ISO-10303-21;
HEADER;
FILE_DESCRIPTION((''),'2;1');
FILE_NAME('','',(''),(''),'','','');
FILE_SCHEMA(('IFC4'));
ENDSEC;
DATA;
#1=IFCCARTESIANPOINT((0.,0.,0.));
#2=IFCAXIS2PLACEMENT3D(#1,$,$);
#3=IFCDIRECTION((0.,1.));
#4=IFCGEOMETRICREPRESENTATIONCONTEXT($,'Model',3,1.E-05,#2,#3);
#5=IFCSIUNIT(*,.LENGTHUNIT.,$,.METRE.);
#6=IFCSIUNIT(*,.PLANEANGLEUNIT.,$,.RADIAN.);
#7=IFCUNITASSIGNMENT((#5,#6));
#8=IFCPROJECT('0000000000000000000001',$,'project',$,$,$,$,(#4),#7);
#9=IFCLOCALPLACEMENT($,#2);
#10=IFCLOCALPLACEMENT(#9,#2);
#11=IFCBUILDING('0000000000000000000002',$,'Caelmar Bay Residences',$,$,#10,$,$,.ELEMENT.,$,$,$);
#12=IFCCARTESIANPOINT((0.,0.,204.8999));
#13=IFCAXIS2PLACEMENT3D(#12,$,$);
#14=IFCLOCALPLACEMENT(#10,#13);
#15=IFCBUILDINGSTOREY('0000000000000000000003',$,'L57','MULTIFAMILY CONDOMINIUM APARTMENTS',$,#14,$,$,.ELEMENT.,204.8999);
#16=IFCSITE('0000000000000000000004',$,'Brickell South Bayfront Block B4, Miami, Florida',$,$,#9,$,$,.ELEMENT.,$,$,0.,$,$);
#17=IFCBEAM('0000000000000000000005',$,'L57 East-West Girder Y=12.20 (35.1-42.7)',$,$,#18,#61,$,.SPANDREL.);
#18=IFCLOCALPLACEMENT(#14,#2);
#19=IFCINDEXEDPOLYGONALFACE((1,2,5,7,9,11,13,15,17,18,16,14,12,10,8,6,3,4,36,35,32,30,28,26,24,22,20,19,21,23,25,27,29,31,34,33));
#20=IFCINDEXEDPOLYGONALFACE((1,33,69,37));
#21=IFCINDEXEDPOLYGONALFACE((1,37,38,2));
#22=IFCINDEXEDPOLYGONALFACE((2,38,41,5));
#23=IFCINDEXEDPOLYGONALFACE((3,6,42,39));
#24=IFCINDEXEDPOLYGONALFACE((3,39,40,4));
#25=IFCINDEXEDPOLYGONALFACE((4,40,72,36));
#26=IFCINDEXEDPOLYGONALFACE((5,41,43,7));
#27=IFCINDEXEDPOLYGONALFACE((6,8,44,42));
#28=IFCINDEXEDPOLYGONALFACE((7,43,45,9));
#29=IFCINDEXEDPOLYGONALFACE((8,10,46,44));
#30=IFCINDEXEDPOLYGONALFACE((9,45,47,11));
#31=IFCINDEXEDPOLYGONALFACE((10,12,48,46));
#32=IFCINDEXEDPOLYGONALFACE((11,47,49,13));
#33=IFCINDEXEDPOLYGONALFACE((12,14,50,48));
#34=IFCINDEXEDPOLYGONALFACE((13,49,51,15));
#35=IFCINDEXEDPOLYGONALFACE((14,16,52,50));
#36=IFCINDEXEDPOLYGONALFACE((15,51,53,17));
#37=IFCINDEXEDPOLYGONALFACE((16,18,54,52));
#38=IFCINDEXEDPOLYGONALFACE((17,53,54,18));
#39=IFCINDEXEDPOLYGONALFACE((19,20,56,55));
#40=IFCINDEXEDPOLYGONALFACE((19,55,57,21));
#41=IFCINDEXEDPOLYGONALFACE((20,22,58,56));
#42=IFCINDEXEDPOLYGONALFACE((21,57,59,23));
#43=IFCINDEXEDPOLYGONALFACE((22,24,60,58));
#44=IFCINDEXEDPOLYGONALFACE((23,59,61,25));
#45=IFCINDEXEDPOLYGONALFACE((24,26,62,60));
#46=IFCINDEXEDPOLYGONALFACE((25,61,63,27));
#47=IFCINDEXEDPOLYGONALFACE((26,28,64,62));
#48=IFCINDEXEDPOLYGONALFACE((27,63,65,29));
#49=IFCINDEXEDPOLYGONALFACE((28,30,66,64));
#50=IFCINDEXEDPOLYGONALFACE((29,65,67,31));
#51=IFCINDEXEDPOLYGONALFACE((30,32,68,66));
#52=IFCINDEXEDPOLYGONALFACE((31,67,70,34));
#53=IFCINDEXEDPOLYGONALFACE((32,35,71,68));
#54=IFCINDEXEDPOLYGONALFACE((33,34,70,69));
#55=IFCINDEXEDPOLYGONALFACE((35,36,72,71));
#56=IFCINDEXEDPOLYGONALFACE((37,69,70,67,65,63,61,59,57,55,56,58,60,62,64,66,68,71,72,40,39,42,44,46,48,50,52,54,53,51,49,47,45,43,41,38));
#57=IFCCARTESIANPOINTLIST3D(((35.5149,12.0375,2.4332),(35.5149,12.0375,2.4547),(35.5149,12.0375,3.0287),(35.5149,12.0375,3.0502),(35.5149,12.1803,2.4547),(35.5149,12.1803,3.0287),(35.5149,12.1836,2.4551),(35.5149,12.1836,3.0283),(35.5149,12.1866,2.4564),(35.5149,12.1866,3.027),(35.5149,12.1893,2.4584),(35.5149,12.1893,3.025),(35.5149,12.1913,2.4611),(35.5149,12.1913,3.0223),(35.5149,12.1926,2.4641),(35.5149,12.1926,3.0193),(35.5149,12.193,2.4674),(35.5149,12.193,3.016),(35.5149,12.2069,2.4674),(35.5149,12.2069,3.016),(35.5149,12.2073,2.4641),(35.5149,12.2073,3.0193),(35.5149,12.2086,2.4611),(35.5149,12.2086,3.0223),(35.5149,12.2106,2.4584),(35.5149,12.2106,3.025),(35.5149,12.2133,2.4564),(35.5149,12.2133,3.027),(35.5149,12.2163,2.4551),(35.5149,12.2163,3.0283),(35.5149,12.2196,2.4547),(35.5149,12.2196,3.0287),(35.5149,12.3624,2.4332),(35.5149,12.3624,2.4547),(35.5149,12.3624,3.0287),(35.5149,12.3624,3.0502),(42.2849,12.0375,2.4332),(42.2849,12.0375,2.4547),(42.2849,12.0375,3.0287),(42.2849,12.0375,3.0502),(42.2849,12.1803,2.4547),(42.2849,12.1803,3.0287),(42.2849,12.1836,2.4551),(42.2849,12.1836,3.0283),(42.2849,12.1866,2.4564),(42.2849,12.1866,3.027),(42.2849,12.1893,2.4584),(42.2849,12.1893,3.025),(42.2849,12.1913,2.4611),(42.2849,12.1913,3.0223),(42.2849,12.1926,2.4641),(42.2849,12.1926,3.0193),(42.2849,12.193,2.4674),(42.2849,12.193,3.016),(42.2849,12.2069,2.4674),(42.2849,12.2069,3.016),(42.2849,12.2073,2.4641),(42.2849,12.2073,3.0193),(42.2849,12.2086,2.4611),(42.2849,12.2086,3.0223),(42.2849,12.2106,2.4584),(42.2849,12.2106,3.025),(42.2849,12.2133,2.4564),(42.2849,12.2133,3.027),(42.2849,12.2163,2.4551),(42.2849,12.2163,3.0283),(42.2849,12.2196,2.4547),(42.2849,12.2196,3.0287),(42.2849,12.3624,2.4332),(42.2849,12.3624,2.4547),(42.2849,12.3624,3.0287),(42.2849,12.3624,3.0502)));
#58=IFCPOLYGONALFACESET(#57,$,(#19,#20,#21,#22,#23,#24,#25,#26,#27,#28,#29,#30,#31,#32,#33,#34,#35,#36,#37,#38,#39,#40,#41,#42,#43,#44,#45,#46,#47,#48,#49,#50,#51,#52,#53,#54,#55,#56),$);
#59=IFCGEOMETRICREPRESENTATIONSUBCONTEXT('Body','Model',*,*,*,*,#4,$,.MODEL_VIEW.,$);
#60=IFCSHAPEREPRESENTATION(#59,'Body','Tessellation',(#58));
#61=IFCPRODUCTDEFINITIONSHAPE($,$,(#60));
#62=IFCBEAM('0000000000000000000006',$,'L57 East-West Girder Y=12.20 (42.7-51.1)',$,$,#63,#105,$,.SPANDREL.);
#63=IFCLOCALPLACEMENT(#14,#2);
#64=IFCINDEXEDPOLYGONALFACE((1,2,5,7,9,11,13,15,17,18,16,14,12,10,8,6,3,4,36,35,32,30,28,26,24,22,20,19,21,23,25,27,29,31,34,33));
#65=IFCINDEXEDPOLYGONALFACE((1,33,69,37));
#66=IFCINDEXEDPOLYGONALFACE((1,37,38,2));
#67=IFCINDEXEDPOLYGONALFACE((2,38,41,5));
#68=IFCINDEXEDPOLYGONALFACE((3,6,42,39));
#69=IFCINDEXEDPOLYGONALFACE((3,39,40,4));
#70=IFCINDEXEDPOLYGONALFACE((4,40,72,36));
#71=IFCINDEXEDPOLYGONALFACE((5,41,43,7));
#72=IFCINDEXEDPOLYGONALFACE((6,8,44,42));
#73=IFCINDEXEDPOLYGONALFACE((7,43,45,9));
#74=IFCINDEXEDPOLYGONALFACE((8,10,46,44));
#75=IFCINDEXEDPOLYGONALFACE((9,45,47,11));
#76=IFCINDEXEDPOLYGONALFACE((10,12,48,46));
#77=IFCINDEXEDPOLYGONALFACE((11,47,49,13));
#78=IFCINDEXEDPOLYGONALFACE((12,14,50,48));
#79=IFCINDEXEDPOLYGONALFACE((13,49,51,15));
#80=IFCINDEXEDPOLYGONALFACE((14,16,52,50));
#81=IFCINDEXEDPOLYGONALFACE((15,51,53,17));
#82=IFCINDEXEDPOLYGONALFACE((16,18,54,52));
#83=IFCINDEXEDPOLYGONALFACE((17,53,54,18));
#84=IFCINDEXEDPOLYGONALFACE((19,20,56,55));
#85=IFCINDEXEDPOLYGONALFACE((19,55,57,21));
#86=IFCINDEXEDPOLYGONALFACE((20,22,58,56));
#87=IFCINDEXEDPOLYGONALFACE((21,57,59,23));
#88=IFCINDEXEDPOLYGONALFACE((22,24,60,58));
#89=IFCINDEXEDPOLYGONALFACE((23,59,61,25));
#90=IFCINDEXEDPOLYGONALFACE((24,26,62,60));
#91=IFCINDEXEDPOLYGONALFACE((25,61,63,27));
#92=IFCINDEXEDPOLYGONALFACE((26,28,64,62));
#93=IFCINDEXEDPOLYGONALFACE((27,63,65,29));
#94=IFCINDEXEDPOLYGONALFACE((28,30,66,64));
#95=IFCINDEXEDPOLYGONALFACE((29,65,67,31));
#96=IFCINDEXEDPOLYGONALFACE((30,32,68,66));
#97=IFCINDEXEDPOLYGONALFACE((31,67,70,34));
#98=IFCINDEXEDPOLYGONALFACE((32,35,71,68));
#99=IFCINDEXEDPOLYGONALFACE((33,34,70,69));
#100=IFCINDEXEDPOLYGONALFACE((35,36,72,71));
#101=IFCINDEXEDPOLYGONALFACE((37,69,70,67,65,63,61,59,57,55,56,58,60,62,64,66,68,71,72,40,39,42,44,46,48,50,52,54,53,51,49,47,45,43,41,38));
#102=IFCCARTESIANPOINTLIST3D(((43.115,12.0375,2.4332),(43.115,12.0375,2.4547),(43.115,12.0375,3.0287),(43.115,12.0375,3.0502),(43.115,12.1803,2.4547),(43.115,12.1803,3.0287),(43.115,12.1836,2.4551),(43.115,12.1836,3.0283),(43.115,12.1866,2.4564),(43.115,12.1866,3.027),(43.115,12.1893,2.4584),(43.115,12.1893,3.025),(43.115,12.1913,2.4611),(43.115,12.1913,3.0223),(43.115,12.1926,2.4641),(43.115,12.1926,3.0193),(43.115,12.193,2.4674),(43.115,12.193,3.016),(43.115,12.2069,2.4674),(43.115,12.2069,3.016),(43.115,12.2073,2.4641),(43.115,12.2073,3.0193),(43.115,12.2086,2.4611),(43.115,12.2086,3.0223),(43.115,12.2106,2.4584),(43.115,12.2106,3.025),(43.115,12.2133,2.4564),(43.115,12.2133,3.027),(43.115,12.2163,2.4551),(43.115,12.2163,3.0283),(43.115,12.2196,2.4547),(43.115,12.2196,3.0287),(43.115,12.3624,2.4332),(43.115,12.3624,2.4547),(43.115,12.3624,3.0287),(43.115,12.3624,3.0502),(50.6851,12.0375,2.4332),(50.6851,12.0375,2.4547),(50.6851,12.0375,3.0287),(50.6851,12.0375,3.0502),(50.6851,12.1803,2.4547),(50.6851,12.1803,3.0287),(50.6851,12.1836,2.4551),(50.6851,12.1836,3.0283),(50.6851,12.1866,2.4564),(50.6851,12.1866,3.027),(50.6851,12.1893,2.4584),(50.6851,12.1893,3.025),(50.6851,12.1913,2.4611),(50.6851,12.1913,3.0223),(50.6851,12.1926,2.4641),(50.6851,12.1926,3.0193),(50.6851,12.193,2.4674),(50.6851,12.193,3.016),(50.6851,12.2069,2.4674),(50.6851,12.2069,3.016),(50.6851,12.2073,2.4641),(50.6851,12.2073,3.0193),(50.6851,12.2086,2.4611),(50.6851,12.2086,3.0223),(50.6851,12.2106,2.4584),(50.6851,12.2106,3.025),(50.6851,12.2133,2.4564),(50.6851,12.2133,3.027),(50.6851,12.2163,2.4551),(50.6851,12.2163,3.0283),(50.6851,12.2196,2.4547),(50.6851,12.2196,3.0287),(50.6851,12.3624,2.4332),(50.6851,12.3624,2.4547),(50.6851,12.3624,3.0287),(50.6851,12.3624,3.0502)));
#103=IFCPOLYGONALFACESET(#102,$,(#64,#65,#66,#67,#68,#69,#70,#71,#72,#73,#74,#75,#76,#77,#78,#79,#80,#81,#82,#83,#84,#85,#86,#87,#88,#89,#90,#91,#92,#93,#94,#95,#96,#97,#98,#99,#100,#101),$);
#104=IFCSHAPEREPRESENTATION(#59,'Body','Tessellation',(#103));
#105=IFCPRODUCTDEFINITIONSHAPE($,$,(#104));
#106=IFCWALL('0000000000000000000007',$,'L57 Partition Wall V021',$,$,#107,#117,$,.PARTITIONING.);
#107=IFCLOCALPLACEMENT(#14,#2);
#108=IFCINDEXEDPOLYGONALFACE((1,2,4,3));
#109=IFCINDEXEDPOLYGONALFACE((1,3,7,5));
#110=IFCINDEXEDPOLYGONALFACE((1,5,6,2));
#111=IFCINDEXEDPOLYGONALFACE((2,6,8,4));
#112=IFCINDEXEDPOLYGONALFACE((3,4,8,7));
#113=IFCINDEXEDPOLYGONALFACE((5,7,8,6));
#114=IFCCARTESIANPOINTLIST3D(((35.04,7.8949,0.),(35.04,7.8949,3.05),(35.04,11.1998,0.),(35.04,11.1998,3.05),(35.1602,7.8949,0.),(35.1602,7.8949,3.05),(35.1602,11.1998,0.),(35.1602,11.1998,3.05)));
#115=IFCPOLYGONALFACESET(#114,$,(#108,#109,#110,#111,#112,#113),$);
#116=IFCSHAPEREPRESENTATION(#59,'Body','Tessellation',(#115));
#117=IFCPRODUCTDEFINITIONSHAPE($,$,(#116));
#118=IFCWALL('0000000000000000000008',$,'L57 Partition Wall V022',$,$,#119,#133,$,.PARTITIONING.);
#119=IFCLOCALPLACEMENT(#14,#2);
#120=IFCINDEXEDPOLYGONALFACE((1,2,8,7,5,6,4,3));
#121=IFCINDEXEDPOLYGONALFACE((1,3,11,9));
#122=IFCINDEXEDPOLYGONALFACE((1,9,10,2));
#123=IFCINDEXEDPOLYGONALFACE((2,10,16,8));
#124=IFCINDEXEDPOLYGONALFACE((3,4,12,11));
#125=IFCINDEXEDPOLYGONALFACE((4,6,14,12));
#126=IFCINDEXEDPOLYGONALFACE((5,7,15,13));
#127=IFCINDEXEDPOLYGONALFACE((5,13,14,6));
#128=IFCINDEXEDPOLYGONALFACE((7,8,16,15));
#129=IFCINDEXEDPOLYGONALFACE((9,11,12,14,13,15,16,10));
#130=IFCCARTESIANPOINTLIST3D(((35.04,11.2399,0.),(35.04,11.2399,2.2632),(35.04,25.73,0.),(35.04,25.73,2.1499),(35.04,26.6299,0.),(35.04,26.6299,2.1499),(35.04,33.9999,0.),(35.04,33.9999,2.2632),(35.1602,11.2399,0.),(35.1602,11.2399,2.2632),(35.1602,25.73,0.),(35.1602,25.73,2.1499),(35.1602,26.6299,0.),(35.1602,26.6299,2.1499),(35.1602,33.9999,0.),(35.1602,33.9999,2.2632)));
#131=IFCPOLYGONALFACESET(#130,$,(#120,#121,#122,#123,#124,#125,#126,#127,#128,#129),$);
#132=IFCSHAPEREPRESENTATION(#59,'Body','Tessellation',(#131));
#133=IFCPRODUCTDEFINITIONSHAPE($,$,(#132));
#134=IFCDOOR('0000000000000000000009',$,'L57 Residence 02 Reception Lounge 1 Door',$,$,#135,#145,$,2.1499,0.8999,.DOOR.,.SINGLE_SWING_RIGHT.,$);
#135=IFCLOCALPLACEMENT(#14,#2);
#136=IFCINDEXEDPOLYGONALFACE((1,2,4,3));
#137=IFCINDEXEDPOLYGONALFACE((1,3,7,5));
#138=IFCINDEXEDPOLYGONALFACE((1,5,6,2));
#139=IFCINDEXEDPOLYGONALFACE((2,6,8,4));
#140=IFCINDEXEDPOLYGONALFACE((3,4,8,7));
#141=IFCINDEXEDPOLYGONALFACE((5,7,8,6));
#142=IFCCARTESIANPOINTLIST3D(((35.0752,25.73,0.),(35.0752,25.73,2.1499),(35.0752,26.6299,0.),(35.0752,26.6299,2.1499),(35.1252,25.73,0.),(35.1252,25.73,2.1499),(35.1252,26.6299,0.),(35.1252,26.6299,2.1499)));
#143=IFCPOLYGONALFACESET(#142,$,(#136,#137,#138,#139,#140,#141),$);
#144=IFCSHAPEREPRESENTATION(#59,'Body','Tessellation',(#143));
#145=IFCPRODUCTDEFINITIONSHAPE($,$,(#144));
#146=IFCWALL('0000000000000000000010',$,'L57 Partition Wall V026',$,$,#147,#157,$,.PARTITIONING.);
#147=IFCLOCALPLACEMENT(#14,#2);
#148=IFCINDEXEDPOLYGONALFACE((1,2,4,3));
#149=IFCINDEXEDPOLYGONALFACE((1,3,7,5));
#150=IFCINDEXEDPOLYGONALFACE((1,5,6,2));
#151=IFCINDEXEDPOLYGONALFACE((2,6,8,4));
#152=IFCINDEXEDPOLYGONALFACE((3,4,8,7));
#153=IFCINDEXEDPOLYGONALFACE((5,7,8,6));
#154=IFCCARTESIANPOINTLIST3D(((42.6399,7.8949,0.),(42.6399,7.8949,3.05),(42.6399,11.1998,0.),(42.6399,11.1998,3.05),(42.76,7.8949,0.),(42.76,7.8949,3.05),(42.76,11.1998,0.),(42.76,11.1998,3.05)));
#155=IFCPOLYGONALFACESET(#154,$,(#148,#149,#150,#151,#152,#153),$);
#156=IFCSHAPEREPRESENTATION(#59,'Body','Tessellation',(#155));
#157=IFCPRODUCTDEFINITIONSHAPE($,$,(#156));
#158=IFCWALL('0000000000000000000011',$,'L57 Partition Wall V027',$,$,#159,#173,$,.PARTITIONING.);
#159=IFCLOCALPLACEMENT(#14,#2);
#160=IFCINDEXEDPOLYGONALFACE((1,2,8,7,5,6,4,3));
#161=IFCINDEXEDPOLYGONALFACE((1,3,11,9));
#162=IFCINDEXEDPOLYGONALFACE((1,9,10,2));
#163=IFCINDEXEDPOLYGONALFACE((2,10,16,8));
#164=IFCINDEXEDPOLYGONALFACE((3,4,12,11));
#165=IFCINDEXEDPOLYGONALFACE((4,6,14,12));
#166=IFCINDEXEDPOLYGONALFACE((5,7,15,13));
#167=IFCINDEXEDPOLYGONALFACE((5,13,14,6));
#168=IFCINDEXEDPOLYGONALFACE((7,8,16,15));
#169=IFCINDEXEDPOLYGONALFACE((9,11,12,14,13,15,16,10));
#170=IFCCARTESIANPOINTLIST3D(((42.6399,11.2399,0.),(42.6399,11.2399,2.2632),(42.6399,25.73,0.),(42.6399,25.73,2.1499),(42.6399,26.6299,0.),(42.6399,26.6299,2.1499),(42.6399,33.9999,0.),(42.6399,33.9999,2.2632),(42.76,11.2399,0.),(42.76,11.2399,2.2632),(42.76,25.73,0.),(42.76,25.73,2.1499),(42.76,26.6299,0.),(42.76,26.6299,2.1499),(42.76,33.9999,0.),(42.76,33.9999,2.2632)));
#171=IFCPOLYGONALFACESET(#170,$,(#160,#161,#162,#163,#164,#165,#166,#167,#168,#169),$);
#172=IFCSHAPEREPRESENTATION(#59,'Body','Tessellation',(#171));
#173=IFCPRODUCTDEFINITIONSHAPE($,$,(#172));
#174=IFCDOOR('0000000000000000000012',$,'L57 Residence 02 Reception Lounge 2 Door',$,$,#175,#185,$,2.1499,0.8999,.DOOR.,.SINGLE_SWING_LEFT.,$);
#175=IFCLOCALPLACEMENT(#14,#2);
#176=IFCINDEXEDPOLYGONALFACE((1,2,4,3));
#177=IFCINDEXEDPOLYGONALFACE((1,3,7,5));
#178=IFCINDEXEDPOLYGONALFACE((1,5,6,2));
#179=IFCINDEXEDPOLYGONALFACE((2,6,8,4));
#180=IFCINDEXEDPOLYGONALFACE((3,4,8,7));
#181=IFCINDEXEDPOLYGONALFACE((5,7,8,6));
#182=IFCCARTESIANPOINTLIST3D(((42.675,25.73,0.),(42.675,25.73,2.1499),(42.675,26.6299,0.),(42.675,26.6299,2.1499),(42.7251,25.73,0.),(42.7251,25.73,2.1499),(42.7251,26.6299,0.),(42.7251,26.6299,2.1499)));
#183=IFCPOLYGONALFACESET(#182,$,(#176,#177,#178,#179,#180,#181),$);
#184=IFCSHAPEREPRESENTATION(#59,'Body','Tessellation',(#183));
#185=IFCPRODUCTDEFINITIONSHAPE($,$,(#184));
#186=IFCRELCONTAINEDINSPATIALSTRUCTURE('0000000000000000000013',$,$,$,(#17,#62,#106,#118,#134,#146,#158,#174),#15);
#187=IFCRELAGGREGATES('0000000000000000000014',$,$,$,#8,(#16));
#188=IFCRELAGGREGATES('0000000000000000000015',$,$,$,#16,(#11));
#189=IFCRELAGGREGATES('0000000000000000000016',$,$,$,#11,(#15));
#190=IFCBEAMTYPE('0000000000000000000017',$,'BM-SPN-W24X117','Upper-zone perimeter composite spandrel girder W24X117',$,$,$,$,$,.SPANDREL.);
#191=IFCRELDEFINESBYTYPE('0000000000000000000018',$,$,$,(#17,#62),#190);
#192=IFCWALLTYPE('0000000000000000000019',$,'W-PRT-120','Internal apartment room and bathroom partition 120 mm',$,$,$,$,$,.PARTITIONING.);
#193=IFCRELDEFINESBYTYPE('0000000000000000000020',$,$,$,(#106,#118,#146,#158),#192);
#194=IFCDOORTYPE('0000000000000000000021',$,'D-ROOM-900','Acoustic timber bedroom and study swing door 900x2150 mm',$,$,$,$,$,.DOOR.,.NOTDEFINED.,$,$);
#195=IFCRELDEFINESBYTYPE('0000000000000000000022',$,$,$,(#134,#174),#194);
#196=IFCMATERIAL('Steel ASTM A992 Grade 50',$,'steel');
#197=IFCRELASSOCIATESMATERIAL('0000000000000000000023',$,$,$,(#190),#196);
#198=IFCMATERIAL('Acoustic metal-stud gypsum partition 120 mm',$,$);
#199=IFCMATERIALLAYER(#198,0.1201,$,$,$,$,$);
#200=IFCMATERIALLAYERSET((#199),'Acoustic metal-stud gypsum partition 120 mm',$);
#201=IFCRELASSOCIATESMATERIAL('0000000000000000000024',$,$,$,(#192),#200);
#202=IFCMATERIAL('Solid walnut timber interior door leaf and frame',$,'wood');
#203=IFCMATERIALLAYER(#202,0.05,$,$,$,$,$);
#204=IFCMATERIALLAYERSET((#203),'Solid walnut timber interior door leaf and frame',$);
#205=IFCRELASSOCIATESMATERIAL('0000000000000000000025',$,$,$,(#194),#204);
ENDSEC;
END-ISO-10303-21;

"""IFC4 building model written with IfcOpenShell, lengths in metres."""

from ifc_helpers import new_model, si_unit, direction, frame, frame_2d, origin, origin_2d, place, context, subcontext, project, spatial, rectangle, i_section, extrude, material, layer, layer_set, material_profile, profile_set, type_object, element, fill, save


model = new_model("IFC4")

# Units and contexts
model_context = context("Model", 3, precision=1e-05, world=origin(), true_north=direction((0.0, 1.0)))
body_context = subcontext(model_context, "Body", "Model", "MODEL_VIEW")
ifc_project = project(units=[si_unit("LENGTHUNIT", "METRE"), si_unit("PLANEANGLEUNIT", "RADIAN")], contexts=[model_context])

# Site, building, storey
site_placement = place(None, origin())
site = spatial("IfcSite", under=ifc_project, at=site_placement, Name="Brickell South Bayfront Block B4, Miami, Florida", CompositionType="ELEMENT", RefElevation=0.0)
building_placement = place(site_placement, origin())
building = spatial("IfcBuilding", under=site, at=building_placement, Name="Caelmar Bay Residences", CompositionType="ELEMENT")
storey_placement = place(building_placement, frame((0.0, 0.0, 204.8999)))
storey = spatial("IfcBuildingStorey", under=building, at=storey_placement, Name="L57", Description="MULTIFAMILY CONDOMINIUM APARTMENTS", CompositionType="ELEMENT", Elevation=204.8999)

# Beams
ifc_material_1 = material(Name="Steel ASTM A992 Grade 50", Category="steel")
ifc_material_profile_1 = material_profile(ifc_material_1, i_section(OverallWidth=0.325, OverallDepth=0.6169, WebThickness=0.0139, FlangeThickness=0.0215, FilletRadius=0.0127, at=origin_2d()), Name="W24X117")
ifc_profile_set_1 = profile_set([ifc_material_profile_1], Name="Steel ASTM A992 Grade 50")
beam_type_1 = type_object("IfcBeamType", Name="BM-SPN-W24X117", Description="Upper-zone perimeter composite spandrel girder W24X117", PredefinedType="SPANDREL", material=ifc_profile_set_1)
beam_1_placement = place(storey_placement, frame((35.5149, 12.2, 2.7417), z_axis=(1.0, 0.0, 0.0), x_axis=(0.0, 1.0, 0.0)))
element("IfcBeam", 1, at=beam_1_placement, inside=storey, type_object=beam_type_1, Name="L57 East-West Girder Y=12.20 (35.1-42.7)", PredefinedType="SPANDREL", context=body_context, shape_type="SweptSolid", body=[
    extrude(i_section(OverallWidth=0.325, OverallDepth=0.6169, WebThickness=0.0139, FlangeThickness=0.0215, FilletRadius=0.0127, at=origin_2d()), origin(), (0.0, 0.0, 1.0), 6.77),
])
beam_2_placement = place(storey_placement, frame((43.115, 12.2, 2.7417), z_axis=(1.0, 0.0, 0.0), x_axis=(0.0, 1.0, 0.0)))
element("IfcBeam", 2, at=beam_2_placement, inside=storey, type_object=beam_type_1, Name="L57 East-West Girder Y=12.20 (42.7-51.1)", PredefinedType="SPANDREL", context=body_context, shape_type="SweptSolid", body=[
    extrude(i_section(OverallWidth=0.325, OverallDepth=0.6169, WebThickness=0.0139, FlangeThickness=0.0215, FilletRadius=0.0127, at=origin_2d()), origin(), (0.0, 0.0, 1.0), 7.5701),
])

# Wall
ifc_material_2 = material(Name="Acoustic metal-stud gypsum partition 120 mm")
ifc_layer_1 = layer(ifc_material_2, 0.1201)
ifc_layer_set_1 = layer_set([ifc_layer_1], Name="Acoustic metal-stud gypsum partition 120 mm")
wall_type = type_object("IfcWallType", Name="W-PRT-120", Description="Internal apartment room and bathroom partition 120 mm", PredefinedType="PARTITIONING", material=ifc_layer_set_1)
wall_1_placement = place(storey_placement, frame((35.1001, 7.895, 0.0), z_axis=(0.0, 0.0, 1.0), x_axis=(0.0, 1.0, 0.0)))
element("IfcWall", 3, at=wall_1_placement, inside=storey, type_object=wall_type, Name="L57 Partition Wall V021", PredefinedType="PARTITIONING", context=body_context, shape_type="SweptSolid", body=[
    extrude(rectangle(XDim=3.3049, YDim=0.1201, at=frame_2d((1.6523, 0.0))), origin(), (0.0, 0.0, 1.0), 3.05),
])

# Wall, opening, door
wall_2_placement = place(storey_placement, frame((35.1001, 11.24, 0.0), z_axis=(0.0, 0.0, 1.0), x_axis=(0.0, 1.0, 0.0)))
wall_2 = element("IfcWall", 4, at=wall_2_placement, inside=storey, type_object=wall_type, Name="L57 Partition Wall V022", PredefinedType="PARTITIONING", context=body_context, shape_type="SweptSolid", body=[
    extrude(rectangle(XDim=22.76, YDim=0.1201, at=frame_2d((11.3799, 0.0))), origin(), (0.0, 0.0, 1.0), 2.2632),
])
opening_1_placement = place(wall_2_placement, frame((14.49, 0.0, 0.0)))
opening_1 = element("IfcOpeningElement", 5, at=opening_1_placement, cuts=wall_2, PredefinedType="OPENING", context=body_context, shape_type="SweptSolid", body=[
    extrude(rectangle(XDim=0.8999, YDim=2.1499, at=frame_2d((0.45, 1.075))), frame((0.0, 0.0701, 0.0), z_axis=(0.0, -1.0, 0.0), x_axis=(1.0, 0.0, 0.0)), (0.0, 0.0, 1.0), 0.1401),
])
ifc_material_3 = material(Name="Solid walnut timber interior door leaf and frame", Category="wood")
ifc_layer_2 = layer(ifc_material_3, 0.05)
ifc_layer_set_2 = layer_set([ifc_layer_2], Name="Solid walnut timber interior door leaf and frame")
door_type = type_object("IfcDoorType", Name="D-ROOM-900", Description="Acoustic timber bedroom and study swing door 900x2150 mm", OperationType="NOTDEFINED", PredefinedType="DOOR", material=ifc_layer_set_2)
door_1_placement = place(opening_1_placement, origin())
door_1 = element("IfcDoor", 6, at=door_1_placement, inside=storey, type_object=door_type, Name="L57 Residence 02 Reception Lounge 1 Door", OperationType="SINGLE_SWING_RIGHT", OverallHeight=2.1499, OverallWidth=0.8999, PredefinedType="DOOR", context=body_context, shape_type="SweptSolid", body=[
    extrude(rectangle(XDim=0.8999, YDim=2.1499, at=frame_2d((0.45, 1.075))), frame((0.0, 0.0249, 0.0), z_axis=(0.0, -1.0, 0.0), x_axis=(1.0, 0.0, 0.0)), (0.0, 0.0, 1.0), 0.05),
])
fill(opening_1, door_1)

# Wall
wall_3_placement = place(storey_placement, frame((42.7, 7.895, 0.0), z_axis=(0.0, 0.0, 1.0), x_axis=(0.0, 1.0, 0.0)))
element("IfcWall", 7, at=wall_3_placement, inside=storey, type_object=wall_type, Name="L57 Partition Wall V026", PredefinedType="PARTITIONING", context=body_context, shape_type="SweptSolid", body=[
    extrude(rectangle(XDim=3.3049, YDim=0.1201, at=frame_2d((1.6523, 0.0))), origin(), (0.0, 0.0, 1.0), 3.05),
])

# Wall, opening, door
wall_4_placement = place(storey_placement, frame((42.7, 11.24, 0.0), z_axis=(0.0, 0.0, 1.0), x_axis=(0.0, 1.0, 0.0)))
wall_4 = element("IfcWall", 8, at=wall_4_placement, inside=storey, type_object=wall_type, Name="L57 Partition Wall V027", PredefinedType="PARTITIONING", context=body_context, shape_type="SweptSolid", body=[
    extrude(rectangle(XDim=22.76, YDim=0.1201, at=frame_2d((11.3799, 0.0))), origin(), (0.0, 0.0, 1.0), 2.2632),
])
opening_2_placement = place(wall_4_placement, frame((14.49, 0.0, 0.0)))
opening_2 = element("IfcOpeningElement", 9, at=opening_2_placement, cuts=wall_4, PredefinedType="OPENING", context=body_context, shape_type="SweptSolid", body=[
    extrude(rectangle(XDim=0.8999, YDim=2.1499, at=frame_2d((0.45, 1.075))), frame((0.0, 0.0701, 0.0), z_axis=(0.0, -1.0, 0.0), x_axis=(1.0, 0.0, 0.0)), (0.0, 0.0, 1.0), 0.1401),
])
door_2_placement = place(opening_2_placement, origin())
door_2 = element("IfcDoor", 10, at=door_2_placement, inside=storey, type_object=door_type, Name="L57 Residence 02 Reception Lounge 2 Door", OperationType="SINGLE_SWING_LEFT", OverallHeight=2.1499, OverallWidth=0.8999, PredefinedType="DOOR", context=body_context, shape_type="SweptSolid", body=[
    extrude(rectangle(XDim=0.8999, YDim=2.1499, at=frame_2d((0.45, 1.075))), frame((0.0, 0.0249, 0.0), z_axis=(0.0, -1.0, 0.0), x_axis=(1.0, 0.0, 0.0)), (0.0, 0.0, 1.0), 0.05),
])
fill(opening_2, door_2)

save(model, "model.ifc")
